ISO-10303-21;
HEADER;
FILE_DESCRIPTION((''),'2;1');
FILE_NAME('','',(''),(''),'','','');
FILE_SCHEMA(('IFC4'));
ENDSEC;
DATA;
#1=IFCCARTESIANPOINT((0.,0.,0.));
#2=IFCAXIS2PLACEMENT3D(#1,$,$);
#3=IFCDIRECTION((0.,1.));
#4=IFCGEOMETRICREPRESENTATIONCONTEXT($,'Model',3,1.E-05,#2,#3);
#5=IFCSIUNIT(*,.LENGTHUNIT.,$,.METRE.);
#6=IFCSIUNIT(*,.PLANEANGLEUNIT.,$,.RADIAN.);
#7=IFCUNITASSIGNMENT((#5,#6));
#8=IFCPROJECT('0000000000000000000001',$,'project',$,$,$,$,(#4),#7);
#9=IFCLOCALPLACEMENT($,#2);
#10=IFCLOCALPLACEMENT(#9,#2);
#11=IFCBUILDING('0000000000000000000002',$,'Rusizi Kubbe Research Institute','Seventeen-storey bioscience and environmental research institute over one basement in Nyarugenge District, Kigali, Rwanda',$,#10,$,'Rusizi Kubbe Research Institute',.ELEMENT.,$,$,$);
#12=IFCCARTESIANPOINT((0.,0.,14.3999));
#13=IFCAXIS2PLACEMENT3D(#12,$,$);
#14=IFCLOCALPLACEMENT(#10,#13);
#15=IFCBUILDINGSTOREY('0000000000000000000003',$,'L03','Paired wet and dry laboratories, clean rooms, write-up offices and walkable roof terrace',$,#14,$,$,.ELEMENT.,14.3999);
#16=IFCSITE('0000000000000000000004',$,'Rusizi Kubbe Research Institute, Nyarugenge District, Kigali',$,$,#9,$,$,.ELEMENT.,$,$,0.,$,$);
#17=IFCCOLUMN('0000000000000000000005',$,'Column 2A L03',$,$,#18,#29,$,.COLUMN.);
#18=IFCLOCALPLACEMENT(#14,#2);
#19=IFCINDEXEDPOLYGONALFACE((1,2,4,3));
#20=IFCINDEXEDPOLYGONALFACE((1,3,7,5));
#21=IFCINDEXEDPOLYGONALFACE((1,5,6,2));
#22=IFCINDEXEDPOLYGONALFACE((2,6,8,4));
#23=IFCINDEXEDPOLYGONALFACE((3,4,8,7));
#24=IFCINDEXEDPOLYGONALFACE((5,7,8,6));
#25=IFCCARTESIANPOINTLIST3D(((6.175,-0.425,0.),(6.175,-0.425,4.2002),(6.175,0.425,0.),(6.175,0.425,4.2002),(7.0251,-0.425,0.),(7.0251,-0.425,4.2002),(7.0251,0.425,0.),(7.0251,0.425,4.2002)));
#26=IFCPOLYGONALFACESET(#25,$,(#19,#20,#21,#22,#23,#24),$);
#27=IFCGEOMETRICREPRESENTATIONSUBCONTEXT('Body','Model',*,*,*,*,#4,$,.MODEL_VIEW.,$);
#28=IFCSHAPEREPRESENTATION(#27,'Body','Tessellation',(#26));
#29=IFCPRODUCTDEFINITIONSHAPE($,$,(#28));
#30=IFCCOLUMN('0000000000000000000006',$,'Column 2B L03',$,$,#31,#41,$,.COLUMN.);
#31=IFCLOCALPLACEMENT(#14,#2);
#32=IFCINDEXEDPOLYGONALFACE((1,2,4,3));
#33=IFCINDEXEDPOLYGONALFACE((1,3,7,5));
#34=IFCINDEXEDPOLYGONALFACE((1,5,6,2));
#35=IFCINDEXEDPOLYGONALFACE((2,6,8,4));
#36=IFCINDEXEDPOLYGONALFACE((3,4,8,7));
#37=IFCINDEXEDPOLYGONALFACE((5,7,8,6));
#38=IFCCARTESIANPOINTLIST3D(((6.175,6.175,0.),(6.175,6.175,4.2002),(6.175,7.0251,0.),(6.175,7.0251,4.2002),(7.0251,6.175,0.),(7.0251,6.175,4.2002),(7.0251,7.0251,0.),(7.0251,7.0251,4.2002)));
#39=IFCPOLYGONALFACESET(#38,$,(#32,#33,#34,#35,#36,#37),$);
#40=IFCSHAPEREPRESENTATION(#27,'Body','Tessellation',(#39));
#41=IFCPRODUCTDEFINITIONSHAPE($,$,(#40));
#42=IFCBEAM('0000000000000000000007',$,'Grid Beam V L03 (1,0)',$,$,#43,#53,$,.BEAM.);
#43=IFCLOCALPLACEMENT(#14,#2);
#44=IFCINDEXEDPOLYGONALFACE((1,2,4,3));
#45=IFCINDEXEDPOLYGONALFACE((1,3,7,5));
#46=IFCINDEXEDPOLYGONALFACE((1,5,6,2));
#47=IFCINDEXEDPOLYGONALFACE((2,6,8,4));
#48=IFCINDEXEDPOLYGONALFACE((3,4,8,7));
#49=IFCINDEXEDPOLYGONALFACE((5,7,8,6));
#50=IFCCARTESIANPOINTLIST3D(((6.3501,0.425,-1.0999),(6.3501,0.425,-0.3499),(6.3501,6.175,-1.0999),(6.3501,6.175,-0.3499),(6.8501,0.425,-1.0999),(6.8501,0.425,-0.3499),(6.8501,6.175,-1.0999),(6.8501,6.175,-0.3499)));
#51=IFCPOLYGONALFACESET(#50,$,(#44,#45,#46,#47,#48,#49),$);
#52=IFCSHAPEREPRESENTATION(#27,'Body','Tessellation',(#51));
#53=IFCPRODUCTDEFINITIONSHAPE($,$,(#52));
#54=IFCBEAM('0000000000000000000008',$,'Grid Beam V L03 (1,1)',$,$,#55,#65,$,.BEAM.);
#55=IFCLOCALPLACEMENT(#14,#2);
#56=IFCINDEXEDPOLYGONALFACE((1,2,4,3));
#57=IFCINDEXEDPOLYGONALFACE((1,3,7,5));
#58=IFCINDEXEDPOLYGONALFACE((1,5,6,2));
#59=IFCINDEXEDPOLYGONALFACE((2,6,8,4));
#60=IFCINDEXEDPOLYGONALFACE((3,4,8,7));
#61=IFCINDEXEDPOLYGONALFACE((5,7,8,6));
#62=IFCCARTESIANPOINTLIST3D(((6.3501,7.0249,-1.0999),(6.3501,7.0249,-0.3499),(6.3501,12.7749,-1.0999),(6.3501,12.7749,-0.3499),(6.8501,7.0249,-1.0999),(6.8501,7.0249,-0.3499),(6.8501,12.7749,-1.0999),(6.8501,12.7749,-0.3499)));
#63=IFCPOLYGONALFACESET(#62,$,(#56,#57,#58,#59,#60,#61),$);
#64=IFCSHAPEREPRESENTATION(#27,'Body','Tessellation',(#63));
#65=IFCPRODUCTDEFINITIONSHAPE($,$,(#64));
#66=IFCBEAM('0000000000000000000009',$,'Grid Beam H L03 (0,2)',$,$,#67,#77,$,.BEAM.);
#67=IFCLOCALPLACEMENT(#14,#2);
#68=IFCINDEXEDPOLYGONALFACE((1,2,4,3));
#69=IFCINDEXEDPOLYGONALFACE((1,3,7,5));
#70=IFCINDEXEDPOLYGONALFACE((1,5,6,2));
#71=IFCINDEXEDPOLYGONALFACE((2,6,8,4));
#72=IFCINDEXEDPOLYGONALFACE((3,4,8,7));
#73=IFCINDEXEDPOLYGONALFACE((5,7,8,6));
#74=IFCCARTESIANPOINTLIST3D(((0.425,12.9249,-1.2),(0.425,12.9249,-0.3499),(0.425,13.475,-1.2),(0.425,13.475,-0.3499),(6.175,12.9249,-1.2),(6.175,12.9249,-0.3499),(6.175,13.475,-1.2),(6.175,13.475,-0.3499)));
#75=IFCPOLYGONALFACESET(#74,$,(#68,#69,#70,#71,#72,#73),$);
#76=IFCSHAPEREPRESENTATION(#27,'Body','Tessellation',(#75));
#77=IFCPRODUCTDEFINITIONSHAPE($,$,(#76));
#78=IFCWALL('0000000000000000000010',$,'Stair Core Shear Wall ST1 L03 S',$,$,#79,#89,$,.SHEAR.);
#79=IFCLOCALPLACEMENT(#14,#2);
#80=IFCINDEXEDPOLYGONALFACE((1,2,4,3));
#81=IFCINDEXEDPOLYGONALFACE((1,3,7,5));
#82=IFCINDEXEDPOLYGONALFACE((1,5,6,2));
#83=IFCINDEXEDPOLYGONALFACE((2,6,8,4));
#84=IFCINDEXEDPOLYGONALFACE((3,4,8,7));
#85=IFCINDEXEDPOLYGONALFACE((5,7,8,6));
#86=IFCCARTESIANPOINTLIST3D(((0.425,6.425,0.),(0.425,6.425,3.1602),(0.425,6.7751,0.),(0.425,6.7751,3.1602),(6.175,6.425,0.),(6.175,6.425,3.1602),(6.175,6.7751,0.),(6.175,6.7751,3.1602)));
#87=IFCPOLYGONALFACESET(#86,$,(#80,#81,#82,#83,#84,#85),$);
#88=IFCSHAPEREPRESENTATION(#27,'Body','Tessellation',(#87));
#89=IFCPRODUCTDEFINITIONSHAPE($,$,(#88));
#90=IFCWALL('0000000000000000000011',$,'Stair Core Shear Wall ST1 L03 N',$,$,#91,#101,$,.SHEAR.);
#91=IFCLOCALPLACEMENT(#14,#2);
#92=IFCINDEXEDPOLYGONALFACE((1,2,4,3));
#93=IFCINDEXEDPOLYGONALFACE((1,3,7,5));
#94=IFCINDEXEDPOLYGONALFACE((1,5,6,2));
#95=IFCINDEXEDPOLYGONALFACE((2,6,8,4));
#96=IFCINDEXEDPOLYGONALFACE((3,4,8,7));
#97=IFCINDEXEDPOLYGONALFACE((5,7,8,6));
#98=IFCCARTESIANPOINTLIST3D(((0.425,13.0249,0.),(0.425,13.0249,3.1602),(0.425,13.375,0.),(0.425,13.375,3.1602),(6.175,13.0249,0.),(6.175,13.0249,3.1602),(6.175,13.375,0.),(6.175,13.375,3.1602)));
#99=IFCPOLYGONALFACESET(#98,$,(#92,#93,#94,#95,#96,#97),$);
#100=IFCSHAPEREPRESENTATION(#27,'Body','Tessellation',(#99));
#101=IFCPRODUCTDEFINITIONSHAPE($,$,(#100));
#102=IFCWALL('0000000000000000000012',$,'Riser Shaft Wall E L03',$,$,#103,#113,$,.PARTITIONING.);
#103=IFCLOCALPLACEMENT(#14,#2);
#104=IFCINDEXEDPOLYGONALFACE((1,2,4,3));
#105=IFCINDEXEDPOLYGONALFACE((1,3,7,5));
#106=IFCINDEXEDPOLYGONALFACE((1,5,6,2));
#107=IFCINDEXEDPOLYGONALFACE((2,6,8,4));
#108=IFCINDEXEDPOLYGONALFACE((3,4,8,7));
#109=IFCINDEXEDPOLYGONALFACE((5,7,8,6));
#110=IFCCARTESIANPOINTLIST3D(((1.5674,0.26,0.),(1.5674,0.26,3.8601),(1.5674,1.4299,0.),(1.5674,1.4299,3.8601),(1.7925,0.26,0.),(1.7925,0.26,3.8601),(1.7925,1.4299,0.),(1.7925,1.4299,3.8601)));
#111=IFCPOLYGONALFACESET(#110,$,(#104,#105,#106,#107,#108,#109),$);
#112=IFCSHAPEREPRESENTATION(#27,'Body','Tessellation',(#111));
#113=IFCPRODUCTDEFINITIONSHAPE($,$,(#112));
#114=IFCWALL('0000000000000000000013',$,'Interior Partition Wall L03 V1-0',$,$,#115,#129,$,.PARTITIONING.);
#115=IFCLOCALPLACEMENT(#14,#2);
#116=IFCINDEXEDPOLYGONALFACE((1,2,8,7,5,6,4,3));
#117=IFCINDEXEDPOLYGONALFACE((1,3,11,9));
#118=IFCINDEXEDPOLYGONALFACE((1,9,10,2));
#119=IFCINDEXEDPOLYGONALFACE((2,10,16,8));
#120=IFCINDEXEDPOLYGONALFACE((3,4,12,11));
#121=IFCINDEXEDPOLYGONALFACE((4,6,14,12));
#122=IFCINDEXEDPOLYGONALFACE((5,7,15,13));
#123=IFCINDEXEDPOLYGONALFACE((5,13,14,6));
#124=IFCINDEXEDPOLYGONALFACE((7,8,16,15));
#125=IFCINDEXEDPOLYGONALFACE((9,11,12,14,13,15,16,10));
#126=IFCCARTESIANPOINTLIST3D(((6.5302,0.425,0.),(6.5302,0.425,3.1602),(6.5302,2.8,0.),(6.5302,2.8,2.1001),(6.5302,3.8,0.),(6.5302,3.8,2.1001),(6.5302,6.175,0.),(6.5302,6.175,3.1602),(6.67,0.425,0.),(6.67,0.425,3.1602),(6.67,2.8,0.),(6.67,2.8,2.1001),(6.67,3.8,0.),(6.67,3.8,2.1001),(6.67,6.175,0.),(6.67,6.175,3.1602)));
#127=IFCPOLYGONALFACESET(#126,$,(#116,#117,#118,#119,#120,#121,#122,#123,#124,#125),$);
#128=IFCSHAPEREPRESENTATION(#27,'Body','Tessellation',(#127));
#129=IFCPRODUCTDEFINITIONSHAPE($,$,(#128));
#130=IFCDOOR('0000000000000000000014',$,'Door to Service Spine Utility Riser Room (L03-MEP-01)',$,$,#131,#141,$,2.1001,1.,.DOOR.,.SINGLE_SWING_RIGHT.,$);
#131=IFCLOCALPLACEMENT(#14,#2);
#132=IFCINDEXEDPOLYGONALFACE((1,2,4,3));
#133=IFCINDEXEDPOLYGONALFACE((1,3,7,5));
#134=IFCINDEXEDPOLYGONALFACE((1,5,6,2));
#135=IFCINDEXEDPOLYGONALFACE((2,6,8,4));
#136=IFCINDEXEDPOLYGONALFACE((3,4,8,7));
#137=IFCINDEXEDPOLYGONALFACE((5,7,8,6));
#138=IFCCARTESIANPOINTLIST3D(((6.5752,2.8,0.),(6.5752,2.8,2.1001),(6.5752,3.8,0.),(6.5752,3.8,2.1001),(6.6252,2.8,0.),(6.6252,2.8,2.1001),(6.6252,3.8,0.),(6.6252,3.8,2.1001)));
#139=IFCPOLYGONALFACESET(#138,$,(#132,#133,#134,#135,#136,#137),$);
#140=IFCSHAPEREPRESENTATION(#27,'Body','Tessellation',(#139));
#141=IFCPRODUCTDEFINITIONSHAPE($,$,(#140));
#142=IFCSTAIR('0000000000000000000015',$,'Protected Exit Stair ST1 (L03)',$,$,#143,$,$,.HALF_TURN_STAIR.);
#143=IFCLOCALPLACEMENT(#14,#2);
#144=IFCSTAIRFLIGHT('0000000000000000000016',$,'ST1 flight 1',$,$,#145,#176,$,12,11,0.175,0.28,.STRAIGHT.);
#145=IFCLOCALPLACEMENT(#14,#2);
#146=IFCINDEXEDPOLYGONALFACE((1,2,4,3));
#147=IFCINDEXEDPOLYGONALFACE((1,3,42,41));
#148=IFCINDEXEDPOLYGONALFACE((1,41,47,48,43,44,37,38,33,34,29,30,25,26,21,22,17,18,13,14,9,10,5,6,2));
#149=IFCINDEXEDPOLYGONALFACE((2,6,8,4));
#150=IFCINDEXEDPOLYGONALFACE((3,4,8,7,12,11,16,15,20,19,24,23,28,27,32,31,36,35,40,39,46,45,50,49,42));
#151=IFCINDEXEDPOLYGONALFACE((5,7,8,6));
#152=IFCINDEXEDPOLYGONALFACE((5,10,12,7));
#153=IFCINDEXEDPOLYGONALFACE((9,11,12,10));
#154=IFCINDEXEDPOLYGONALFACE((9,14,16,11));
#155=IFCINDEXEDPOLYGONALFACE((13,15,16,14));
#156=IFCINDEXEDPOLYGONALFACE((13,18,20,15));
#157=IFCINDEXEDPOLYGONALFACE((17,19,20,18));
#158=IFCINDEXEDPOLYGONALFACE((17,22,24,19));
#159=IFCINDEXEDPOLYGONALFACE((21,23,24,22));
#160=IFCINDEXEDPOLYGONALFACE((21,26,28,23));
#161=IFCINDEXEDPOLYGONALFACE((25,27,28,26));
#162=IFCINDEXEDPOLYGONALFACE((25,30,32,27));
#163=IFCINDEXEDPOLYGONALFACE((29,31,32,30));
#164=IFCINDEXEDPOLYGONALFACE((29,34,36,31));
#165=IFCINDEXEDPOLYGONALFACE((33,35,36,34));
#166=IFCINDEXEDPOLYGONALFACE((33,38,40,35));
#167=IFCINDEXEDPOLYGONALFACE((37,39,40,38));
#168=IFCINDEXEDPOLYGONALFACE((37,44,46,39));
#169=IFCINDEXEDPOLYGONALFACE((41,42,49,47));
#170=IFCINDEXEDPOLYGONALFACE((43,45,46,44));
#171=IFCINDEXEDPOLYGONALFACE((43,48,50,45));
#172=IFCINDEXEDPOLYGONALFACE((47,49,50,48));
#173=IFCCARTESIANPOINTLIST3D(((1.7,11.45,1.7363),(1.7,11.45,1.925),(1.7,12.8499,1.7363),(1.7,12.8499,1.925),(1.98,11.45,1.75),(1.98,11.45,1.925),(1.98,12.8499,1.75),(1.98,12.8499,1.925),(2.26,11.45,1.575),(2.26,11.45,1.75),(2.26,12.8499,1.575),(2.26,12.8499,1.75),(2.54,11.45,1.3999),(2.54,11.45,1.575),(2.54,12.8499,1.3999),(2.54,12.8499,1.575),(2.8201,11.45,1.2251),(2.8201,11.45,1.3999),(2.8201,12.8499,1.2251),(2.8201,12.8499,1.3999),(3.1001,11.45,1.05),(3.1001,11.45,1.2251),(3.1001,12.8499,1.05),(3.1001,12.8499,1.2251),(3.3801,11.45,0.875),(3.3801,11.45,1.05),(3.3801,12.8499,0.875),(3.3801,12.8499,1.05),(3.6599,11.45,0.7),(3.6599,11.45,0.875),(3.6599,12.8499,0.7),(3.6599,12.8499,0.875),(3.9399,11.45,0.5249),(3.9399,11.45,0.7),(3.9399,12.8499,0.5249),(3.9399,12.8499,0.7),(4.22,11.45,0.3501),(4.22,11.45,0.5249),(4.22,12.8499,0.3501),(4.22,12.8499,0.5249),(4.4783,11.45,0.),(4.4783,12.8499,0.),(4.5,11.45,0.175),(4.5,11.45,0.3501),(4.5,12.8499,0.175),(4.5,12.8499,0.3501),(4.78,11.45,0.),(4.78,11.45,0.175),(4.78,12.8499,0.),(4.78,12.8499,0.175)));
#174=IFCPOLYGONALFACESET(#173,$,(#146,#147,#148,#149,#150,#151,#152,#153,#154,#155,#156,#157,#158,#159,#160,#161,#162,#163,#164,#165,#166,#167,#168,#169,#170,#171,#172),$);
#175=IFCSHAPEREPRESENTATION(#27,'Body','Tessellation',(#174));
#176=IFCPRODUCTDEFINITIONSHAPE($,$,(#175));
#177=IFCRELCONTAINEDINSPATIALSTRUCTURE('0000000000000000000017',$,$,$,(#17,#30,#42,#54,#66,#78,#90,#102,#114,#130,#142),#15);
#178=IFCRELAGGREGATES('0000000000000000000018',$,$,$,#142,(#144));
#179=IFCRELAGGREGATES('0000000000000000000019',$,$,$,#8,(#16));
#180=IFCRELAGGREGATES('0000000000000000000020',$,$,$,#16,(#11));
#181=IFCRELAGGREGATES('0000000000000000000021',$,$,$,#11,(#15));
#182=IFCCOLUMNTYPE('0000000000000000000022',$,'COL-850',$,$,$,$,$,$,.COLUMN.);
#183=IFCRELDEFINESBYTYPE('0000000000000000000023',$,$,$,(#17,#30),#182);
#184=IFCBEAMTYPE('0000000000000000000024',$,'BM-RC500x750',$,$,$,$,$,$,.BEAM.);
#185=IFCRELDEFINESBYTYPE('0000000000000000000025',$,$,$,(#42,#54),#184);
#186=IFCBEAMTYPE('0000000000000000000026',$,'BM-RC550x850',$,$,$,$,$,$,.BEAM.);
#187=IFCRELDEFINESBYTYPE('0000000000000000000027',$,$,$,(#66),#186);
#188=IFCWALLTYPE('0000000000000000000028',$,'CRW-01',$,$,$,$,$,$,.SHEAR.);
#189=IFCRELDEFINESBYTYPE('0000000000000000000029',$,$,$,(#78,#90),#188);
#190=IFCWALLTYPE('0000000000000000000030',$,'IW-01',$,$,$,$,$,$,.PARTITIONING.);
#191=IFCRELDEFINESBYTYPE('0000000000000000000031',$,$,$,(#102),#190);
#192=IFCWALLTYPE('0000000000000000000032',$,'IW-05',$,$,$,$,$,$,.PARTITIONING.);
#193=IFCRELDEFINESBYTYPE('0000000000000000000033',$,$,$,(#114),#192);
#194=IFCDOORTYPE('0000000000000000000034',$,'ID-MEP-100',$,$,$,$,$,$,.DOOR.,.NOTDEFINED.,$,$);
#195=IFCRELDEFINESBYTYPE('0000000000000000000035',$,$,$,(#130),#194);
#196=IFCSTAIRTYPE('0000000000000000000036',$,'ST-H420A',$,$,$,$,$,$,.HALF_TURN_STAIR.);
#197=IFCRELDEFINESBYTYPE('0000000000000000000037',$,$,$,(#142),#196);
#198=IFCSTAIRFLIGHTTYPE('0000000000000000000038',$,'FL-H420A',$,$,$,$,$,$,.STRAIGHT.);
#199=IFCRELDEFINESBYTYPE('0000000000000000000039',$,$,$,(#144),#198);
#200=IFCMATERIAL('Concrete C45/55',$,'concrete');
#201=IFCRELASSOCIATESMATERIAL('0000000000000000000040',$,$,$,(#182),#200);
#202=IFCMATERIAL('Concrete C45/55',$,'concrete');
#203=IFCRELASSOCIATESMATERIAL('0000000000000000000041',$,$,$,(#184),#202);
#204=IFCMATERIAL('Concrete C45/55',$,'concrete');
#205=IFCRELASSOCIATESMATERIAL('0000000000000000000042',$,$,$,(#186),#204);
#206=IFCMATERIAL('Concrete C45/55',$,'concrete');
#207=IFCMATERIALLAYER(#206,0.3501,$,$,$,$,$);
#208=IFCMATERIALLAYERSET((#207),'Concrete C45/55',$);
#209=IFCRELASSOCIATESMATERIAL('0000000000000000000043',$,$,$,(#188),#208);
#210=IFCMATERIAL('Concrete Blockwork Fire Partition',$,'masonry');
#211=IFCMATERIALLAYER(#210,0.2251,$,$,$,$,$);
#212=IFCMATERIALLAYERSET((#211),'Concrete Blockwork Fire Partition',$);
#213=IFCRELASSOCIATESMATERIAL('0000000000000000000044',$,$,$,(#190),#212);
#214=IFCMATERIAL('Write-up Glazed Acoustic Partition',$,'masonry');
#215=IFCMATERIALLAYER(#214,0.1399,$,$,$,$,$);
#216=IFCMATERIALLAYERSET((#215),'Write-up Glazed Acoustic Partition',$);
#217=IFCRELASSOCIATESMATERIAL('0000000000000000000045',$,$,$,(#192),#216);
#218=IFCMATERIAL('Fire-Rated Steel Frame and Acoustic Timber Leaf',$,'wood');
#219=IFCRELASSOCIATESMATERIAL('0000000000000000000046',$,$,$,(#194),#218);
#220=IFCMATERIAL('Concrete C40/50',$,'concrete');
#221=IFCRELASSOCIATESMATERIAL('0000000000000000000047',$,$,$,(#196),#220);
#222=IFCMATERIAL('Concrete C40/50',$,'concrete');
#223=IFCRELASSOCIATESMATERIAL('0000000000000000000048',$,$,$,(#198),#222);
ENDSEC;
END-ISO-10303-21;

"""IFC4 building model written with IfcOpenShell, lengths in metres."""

from ifc_helpers import new_model, si_unit, direction, frame, frame_2d, origin, origin_2d, place, context, subcontext, project, spatial, polyline, rectangle, outline, extrude, material, layer, layer_set, material_profile, profile_set, type_object, element, fill, aggregate, save


model = new_model("IFC4")

# Units and contexts
model_context = context("Model", 3, precision=1e-05, world=origin(), true_north=direction((0.0, 1.0)))
body_context = subcontext(model_context, "Body", "Model", "MODEL_VIEW")
ifc_project = project(units=[si_unit("LENGTHUNIT", "METRE"), si_unit("PLANEANGLEUNIT", "RADIAN")], contexts=[model_context])

# Site, building, storey
site_placement = place(None, origin())
site = spatial("IfcSite", under=ifc_project, at=site_placement, Name="Rusizi Kubbe Research Institute, Nyarugenge District, Kigali", CompositionType="ELEMENT", RefElevation=0.0)
building_placement = place(site_placement, origin())
building = spatial("IfcBuilding", under=site, at=building_placement, Name="Rusizi Kubbe Research Institute", Description="Seventeen-storey bioscience and environmental research institute over one basement in Nyarugenge District, Kigali, Rwanda", LongName="Rusizi Kubbe Research Institute", CompositionType="ELEMENT")
storey_placement = place(building_placement, frame((0.0, 0.0, 14.3999)))
storey = spatial("IfcBuildingStorey", under=building, at=storey_placement, Name="L03", Description="Paired wet and dry laboratories, clean rooms, write-up offices and walkable roof terrace", CompositionType="ELEMENT", Elevation=14.3999)

# Columns
ifc_material_1 = material(Name="Concrete C45/55", Category="concrete")
ifc_material_profile_1 = material_profile(ifc_material_1, rectangle(XDim=0.8501, YDim=0.8501, at=origin_2d()), Name="RC850x850")
ifc_profile_set_1 = profile_set([ifc_material_profile_1], Name="Concrete C45/55")
column_type = type_object("IfcColumnType", Name="COL-850", PredefinedType="COLUMN", material=ifc_profile_set_1)
for number, where, z_axis, x_axis, name in (
    (1, (6.6001, 0.0, 0.0), (0.0, 0.0, 1.0), (1.0, 0.0, 0.0), "Column 2A L03"),
    (2, (6.6001, 6.6001, 0.0), (0.0, 0.0, 1.0), (1.0, 0.0, 0.0), "Column 2B L03"),
):
    element("IfcColumn", number, at=place(storey_placement, frame(where, z_axis=z_axis, x_axis=x_axis)), inside=storey, type_object=column_type, Name=name, PredefinedType="COLUMN", context=body_context, shape_type="SweptSolid", body=[
        extrude(rectangle(XDim=0.8501, YDim=0.8501, at=origin_2d()), origin(), (0.0, 0.0, 1.0), 4.2002),
    ])

# Beams
ifc_material_2 = material(Name="Concrete C45/55", Category="concrete")
ifc_material_profile_2 = material_profile(ifc_material_2, rectangle(XDim=0.5, YDim=0.75, at=origin_2d()), Name="RC500x750B")
ifc_profile_set_2 = profile_set([ifc_material_profile_2], Name="Concrete C45/55")
beam_type_1 = type_object("IfcBeamType", Name="BM-RC500x750", PredefinedType="BEAM", material=ifc_profile_set_2)
for number, where, z_axis, x_axis, name in (
    (3, (6.6001, 0.425, -0.7249), (0.0, 1.0, 0.0), (-1.0, 0.0, 0.0), "Grid Beam V L03 (1,0)"),
    (4, (6.6001, 7.0249, -0.7249), (0.0, 1.0, 0.0), (-1.0, 0.0, 0.0), "Grid Beam V L03 (1,1)"),
):
    element("IfcBeam", number, at=place(storey_placement, frame(where, z_axis=z_axis, x_axis=x_axis)), inside=storey, type_object=beam_type_1, Name=name, PredefinedType="BEAM", context=body_context, shape_type="SweptSolid", body=[
        extrude(rectangle(XDim=0.5, YDim=0.75, at=origin_2d()), origin(), (0.0, 0.0, 1.0), 5.75),
    ])
ifc_material_3 = material(Name="Concrete C45/55", Category="concrete")
ifc_material_profile_3 = material_profile(ifc_material_3, rectangle(XDim=0.55, YDim=0.8501, at=origin_2d()), Name="RC550x850")
ifc_profile_set_3 = profile_set([ifc_material_profile_3], Name="Concrete C45/55")
beam_type_2 = type_object("IfcBeamType", Name="BM-RC550x850", PredefinedType="BEAM", material=ifc_profile_set_3)
beam_placement = place(storey_placement, frame((0.425, 13.2, -0.7749), z_axis=(1.0, 0.0, 0.0), x_axis=(0.0, 1.0, 0.0)))
element("IfcBeam", 5, at=beam_placement, inside=storey, type_object=beam_type_2, Name="Grid Beam H L03 (0,2)", PredefinedType="BEAM", context=body_context, shape_type="SweptSolid", body=[
    extrude(rectangle(XDim=0.55, YDim=0.8501, at=origin_2d()), origin(), (0.0, 0.0, 1.0), 5.75),
])

# Walls
ifc_material_4 = material(Name="Concrete C45/55", Category="concrete")
ifc_layer_1 = layer(ifc_material_4, 0.3501)
ifc_layer_set_1 = layer_set([ifc_layer_1], Name="Concrete C45/55")
wall_type_1 = type_object("IfcWallType", Name="CRW-01", PredefinedType="SHEAR", material=ifc_layer_set_1)
for number, where, z_axis, x_axis, name in (
    (6, (0.425, 6.6001, 0.0), (0.0, 0.0, 1.0), (1.0, 0.0, 0.0), "Stair Core Shear Wall ST1 L03 S"),
    (7, (0.425, 13.2, 0.0), (0.0, 0.0, 1.0), (1.0, 0.0, 0.0), "Stair Core Shear Wall ST1 L03 N"),
):
    element("IfcWall", number, at=place(storey_placement, frame(where, z_axis=z_axis, x_axis=x_axis)), inside=storey, type_object=wall_type_1, Name=name, PredefinedType="SHEAR", context=body_context, shape_type="SweptSolid", body=[
        extrude(rectangle(XDim=5.75, YDim=0.3501, at=frame_2d((2.875, 0.0))), origin(), (0.0, 0.0, 1.0), 3.1602),
    ])

# Wall
ifc_material_5 = material(Name="Concrete Blockwork Fire Partition", Category="masonry")
ifc_layer_2 = layer(ifc_material_5, 0.2251)
ifc_layer_set_2 = layer_set([ifc_layer_2], Name="Concrete Blockwork Fire Partition")
wall_type_2 = type_object("IfcWallType", Name="IW-01", PredefinedType="PARTITIONING", material=ifc_layer_set_2)
wall_1_placement = place(storey_placement, frame((1.6799, 0.26, 0.0), z_axis=(0.0, 0.0, 1.0), x_axis=(0.0, 1.0, 0.0)))
element("IfcWall", 8, at=wall_1_placement, inside=storey, type_object=wall_type_2, Name="Riser Shaft Wall E L03", PredefinedType="PARTITIONING", context=body_context, shape_type="SweptSolid", body=[
    extrude(rectangle(XDim=1.1699, YDim=0.2251, at=frame_2d((0.585, 0.0))), origin(), (0.0, 0.0, 1.0), 3.8601),
])

# Wall, opening, door
ifc_material_6 = material(Name="Write-up Glazed Acoustic Partition", Category="masonry")
ifc_layer_3 = layer(ifc_material_6, 0.1399)
ifc_layer_set_3 = layer_set([ifc_layer_3], Name="Write-up Glazed Acoustic Partition")
wall_type_3 = type_object("IfcWallType", Name="IW-05", PredefinedType="PARTITIONING", material=ifc_layer_set_3)
wall_2_placement = place(storey_placement, frame((6.6001, 0.425, 0.0), z_axis=(0.0, 0.0, 1.0), x_axis=(0.0, 1.0, 0.0)))
wall_2 = element("IfcWall", 9, at=wall_2_placement, inside=storey, type_object=wall_type_3, Name="Interior Partition Wall L03 V1-0", PredefinedType="PARTITIONING", context=body_context, shape_type="SweptSolid", body=[
    extrude(rectangle(XDim=5.75, YDim=0.1399, at=frame_2d((2.875, 0.0))), origin(), (0.0, 0.0, 1.0), 3.1602),
])
opening_1_placement = place(wall_2_placement, frame((2.375, 0.0, 0.0)))
opening_1 = element("IfcOpeningElement", 10, at=opening_1_placement, cuts=wall_2, PredefinedType="OPENING", context=body_context, shape_type="SweptSolid", body=[
    extrude(rectangle(XDim=1.0, YDim=2.1001, at=frame_2d((0.5, 1.05))), frame((0.0, 0.0798, 0.0), z_axis=(0.0, -1.0, 0.0), x_axis=(1.0, 0.0, 0.0)), (0.0, 0.0, 1.0), 0.1599),
])
ifc_material_7 = material(Name="Fire-Rated Steel Frame and Acoustic Timber Leaf", Category="wood")
door_type_1 = type_object("IfcDoorType", Name="ID-MEP-100", OperationType="NOTDEFINED", PredefinedType="DOOR", material=ifc_material_7)
door_1_placement = place(opening_1_placement, origin())
door_1 = element("IfcDoor", 11, at=door_1_placement, inside=storey, type_object=door_type_1, Name="Door to Service Spine Utility Riser Room (L03-MEP-01)", OperationType="SINGLE_SWING_RIGHT", OverallHeight=2.1001, OverallWidth=1.0, PredefinedType="DOOR", context=body_context, shape_type="SweptSolid", body=[
    extrude(rectangle(XDim=1.0, YDim=2.1001, at=frame_2d((0.5, 1.05))), frame((0.0, 0.0249, 0.0), z_axis=(0.0, -1.0, 0.0), x_axis=(1.0, 0.0, 0.0)), (0.0, 0.0, 1.0), 0.05),
])
fill(opening_1, door_1)

# Stair, stair flight
ifc_material_8 = material(Name="Concrete C40/50", Category="concrete")
stair_type = type_object("IfcStairType", Name="ST-H420A", PredefinedType="HALF_TURN_STAIR", material=ifc_material_8)
stair_placement = place(storey_placement, origin())
stair = element("IfcStair", 12, at=stair_placement, inside=storey, type_object=stair_type, Name="Protected Exit Stair ST1 (L03)", PredefinedType="HALF_TURN_STAIR")
ifc_material_9 = material(Name="Concrete C40/50", Category="concrete")
stair_flight_type = type_object("IfcStairFlightType", Name="FL-H420A", PredefinedType="STRAIGHT", material=ifc_material_9)
stair_flight_1_placement = place(storey_placement, frame((4.78, 12.1499, 0.0), z_axis=(0.0, 0.0, 1.0), x_axis=(-1.0, 0.0, 0.0)))
stair_flight_1 = element("IfcStairFlight", 13, at=stair_flight_1_placement, type_object=stair_flight_type, Name="ST1 flight 1", NumberOfRisers=12, NumberOfTreads=11, PredefinedType="STRAIGHT", RiserHeight=0.175, TreadLength=0.28, context=body_context, shape_type="SweptSolid", body=[
    extrude(outline(polyline([(0.0, 0.0), (0.0, 0.175), (0.28, 0.175), (0.28, 0.3501), (0.5601, 0.3501), (0.5601, 0.5249), (0.8401, 0.5249), (0.8401, 0.7), (1.1201, 0.7), (1.1201, 0.875), (1.3999, 0.875), (1.3999, 1.05), (1.6799, 1.05), (1.6799, 1.2251), (1.96, 1.2251), (1.96, 1.3999), (2.24, 1.3999), (2.24, 1.575), (2.52, 1.575), (2.52, 1.75), (2.8, 1.75), (2.8, 1.925), (3.0801, 1.925), (3.0801, 2.1001), (3.0801, 1.7363), (0.3018, 0.0), (0.0, 0.0)])), frame((0.0, 0.7, 0.0), z_axis=(0.0, -1.0, 0.0), x_axis=(1.0, 0.0, 0.0)), (0.0, 0.0, 1.0), 1.3999),
])
aggregate(stair, [stair_flight_1])

save(model, "model.ifc")
